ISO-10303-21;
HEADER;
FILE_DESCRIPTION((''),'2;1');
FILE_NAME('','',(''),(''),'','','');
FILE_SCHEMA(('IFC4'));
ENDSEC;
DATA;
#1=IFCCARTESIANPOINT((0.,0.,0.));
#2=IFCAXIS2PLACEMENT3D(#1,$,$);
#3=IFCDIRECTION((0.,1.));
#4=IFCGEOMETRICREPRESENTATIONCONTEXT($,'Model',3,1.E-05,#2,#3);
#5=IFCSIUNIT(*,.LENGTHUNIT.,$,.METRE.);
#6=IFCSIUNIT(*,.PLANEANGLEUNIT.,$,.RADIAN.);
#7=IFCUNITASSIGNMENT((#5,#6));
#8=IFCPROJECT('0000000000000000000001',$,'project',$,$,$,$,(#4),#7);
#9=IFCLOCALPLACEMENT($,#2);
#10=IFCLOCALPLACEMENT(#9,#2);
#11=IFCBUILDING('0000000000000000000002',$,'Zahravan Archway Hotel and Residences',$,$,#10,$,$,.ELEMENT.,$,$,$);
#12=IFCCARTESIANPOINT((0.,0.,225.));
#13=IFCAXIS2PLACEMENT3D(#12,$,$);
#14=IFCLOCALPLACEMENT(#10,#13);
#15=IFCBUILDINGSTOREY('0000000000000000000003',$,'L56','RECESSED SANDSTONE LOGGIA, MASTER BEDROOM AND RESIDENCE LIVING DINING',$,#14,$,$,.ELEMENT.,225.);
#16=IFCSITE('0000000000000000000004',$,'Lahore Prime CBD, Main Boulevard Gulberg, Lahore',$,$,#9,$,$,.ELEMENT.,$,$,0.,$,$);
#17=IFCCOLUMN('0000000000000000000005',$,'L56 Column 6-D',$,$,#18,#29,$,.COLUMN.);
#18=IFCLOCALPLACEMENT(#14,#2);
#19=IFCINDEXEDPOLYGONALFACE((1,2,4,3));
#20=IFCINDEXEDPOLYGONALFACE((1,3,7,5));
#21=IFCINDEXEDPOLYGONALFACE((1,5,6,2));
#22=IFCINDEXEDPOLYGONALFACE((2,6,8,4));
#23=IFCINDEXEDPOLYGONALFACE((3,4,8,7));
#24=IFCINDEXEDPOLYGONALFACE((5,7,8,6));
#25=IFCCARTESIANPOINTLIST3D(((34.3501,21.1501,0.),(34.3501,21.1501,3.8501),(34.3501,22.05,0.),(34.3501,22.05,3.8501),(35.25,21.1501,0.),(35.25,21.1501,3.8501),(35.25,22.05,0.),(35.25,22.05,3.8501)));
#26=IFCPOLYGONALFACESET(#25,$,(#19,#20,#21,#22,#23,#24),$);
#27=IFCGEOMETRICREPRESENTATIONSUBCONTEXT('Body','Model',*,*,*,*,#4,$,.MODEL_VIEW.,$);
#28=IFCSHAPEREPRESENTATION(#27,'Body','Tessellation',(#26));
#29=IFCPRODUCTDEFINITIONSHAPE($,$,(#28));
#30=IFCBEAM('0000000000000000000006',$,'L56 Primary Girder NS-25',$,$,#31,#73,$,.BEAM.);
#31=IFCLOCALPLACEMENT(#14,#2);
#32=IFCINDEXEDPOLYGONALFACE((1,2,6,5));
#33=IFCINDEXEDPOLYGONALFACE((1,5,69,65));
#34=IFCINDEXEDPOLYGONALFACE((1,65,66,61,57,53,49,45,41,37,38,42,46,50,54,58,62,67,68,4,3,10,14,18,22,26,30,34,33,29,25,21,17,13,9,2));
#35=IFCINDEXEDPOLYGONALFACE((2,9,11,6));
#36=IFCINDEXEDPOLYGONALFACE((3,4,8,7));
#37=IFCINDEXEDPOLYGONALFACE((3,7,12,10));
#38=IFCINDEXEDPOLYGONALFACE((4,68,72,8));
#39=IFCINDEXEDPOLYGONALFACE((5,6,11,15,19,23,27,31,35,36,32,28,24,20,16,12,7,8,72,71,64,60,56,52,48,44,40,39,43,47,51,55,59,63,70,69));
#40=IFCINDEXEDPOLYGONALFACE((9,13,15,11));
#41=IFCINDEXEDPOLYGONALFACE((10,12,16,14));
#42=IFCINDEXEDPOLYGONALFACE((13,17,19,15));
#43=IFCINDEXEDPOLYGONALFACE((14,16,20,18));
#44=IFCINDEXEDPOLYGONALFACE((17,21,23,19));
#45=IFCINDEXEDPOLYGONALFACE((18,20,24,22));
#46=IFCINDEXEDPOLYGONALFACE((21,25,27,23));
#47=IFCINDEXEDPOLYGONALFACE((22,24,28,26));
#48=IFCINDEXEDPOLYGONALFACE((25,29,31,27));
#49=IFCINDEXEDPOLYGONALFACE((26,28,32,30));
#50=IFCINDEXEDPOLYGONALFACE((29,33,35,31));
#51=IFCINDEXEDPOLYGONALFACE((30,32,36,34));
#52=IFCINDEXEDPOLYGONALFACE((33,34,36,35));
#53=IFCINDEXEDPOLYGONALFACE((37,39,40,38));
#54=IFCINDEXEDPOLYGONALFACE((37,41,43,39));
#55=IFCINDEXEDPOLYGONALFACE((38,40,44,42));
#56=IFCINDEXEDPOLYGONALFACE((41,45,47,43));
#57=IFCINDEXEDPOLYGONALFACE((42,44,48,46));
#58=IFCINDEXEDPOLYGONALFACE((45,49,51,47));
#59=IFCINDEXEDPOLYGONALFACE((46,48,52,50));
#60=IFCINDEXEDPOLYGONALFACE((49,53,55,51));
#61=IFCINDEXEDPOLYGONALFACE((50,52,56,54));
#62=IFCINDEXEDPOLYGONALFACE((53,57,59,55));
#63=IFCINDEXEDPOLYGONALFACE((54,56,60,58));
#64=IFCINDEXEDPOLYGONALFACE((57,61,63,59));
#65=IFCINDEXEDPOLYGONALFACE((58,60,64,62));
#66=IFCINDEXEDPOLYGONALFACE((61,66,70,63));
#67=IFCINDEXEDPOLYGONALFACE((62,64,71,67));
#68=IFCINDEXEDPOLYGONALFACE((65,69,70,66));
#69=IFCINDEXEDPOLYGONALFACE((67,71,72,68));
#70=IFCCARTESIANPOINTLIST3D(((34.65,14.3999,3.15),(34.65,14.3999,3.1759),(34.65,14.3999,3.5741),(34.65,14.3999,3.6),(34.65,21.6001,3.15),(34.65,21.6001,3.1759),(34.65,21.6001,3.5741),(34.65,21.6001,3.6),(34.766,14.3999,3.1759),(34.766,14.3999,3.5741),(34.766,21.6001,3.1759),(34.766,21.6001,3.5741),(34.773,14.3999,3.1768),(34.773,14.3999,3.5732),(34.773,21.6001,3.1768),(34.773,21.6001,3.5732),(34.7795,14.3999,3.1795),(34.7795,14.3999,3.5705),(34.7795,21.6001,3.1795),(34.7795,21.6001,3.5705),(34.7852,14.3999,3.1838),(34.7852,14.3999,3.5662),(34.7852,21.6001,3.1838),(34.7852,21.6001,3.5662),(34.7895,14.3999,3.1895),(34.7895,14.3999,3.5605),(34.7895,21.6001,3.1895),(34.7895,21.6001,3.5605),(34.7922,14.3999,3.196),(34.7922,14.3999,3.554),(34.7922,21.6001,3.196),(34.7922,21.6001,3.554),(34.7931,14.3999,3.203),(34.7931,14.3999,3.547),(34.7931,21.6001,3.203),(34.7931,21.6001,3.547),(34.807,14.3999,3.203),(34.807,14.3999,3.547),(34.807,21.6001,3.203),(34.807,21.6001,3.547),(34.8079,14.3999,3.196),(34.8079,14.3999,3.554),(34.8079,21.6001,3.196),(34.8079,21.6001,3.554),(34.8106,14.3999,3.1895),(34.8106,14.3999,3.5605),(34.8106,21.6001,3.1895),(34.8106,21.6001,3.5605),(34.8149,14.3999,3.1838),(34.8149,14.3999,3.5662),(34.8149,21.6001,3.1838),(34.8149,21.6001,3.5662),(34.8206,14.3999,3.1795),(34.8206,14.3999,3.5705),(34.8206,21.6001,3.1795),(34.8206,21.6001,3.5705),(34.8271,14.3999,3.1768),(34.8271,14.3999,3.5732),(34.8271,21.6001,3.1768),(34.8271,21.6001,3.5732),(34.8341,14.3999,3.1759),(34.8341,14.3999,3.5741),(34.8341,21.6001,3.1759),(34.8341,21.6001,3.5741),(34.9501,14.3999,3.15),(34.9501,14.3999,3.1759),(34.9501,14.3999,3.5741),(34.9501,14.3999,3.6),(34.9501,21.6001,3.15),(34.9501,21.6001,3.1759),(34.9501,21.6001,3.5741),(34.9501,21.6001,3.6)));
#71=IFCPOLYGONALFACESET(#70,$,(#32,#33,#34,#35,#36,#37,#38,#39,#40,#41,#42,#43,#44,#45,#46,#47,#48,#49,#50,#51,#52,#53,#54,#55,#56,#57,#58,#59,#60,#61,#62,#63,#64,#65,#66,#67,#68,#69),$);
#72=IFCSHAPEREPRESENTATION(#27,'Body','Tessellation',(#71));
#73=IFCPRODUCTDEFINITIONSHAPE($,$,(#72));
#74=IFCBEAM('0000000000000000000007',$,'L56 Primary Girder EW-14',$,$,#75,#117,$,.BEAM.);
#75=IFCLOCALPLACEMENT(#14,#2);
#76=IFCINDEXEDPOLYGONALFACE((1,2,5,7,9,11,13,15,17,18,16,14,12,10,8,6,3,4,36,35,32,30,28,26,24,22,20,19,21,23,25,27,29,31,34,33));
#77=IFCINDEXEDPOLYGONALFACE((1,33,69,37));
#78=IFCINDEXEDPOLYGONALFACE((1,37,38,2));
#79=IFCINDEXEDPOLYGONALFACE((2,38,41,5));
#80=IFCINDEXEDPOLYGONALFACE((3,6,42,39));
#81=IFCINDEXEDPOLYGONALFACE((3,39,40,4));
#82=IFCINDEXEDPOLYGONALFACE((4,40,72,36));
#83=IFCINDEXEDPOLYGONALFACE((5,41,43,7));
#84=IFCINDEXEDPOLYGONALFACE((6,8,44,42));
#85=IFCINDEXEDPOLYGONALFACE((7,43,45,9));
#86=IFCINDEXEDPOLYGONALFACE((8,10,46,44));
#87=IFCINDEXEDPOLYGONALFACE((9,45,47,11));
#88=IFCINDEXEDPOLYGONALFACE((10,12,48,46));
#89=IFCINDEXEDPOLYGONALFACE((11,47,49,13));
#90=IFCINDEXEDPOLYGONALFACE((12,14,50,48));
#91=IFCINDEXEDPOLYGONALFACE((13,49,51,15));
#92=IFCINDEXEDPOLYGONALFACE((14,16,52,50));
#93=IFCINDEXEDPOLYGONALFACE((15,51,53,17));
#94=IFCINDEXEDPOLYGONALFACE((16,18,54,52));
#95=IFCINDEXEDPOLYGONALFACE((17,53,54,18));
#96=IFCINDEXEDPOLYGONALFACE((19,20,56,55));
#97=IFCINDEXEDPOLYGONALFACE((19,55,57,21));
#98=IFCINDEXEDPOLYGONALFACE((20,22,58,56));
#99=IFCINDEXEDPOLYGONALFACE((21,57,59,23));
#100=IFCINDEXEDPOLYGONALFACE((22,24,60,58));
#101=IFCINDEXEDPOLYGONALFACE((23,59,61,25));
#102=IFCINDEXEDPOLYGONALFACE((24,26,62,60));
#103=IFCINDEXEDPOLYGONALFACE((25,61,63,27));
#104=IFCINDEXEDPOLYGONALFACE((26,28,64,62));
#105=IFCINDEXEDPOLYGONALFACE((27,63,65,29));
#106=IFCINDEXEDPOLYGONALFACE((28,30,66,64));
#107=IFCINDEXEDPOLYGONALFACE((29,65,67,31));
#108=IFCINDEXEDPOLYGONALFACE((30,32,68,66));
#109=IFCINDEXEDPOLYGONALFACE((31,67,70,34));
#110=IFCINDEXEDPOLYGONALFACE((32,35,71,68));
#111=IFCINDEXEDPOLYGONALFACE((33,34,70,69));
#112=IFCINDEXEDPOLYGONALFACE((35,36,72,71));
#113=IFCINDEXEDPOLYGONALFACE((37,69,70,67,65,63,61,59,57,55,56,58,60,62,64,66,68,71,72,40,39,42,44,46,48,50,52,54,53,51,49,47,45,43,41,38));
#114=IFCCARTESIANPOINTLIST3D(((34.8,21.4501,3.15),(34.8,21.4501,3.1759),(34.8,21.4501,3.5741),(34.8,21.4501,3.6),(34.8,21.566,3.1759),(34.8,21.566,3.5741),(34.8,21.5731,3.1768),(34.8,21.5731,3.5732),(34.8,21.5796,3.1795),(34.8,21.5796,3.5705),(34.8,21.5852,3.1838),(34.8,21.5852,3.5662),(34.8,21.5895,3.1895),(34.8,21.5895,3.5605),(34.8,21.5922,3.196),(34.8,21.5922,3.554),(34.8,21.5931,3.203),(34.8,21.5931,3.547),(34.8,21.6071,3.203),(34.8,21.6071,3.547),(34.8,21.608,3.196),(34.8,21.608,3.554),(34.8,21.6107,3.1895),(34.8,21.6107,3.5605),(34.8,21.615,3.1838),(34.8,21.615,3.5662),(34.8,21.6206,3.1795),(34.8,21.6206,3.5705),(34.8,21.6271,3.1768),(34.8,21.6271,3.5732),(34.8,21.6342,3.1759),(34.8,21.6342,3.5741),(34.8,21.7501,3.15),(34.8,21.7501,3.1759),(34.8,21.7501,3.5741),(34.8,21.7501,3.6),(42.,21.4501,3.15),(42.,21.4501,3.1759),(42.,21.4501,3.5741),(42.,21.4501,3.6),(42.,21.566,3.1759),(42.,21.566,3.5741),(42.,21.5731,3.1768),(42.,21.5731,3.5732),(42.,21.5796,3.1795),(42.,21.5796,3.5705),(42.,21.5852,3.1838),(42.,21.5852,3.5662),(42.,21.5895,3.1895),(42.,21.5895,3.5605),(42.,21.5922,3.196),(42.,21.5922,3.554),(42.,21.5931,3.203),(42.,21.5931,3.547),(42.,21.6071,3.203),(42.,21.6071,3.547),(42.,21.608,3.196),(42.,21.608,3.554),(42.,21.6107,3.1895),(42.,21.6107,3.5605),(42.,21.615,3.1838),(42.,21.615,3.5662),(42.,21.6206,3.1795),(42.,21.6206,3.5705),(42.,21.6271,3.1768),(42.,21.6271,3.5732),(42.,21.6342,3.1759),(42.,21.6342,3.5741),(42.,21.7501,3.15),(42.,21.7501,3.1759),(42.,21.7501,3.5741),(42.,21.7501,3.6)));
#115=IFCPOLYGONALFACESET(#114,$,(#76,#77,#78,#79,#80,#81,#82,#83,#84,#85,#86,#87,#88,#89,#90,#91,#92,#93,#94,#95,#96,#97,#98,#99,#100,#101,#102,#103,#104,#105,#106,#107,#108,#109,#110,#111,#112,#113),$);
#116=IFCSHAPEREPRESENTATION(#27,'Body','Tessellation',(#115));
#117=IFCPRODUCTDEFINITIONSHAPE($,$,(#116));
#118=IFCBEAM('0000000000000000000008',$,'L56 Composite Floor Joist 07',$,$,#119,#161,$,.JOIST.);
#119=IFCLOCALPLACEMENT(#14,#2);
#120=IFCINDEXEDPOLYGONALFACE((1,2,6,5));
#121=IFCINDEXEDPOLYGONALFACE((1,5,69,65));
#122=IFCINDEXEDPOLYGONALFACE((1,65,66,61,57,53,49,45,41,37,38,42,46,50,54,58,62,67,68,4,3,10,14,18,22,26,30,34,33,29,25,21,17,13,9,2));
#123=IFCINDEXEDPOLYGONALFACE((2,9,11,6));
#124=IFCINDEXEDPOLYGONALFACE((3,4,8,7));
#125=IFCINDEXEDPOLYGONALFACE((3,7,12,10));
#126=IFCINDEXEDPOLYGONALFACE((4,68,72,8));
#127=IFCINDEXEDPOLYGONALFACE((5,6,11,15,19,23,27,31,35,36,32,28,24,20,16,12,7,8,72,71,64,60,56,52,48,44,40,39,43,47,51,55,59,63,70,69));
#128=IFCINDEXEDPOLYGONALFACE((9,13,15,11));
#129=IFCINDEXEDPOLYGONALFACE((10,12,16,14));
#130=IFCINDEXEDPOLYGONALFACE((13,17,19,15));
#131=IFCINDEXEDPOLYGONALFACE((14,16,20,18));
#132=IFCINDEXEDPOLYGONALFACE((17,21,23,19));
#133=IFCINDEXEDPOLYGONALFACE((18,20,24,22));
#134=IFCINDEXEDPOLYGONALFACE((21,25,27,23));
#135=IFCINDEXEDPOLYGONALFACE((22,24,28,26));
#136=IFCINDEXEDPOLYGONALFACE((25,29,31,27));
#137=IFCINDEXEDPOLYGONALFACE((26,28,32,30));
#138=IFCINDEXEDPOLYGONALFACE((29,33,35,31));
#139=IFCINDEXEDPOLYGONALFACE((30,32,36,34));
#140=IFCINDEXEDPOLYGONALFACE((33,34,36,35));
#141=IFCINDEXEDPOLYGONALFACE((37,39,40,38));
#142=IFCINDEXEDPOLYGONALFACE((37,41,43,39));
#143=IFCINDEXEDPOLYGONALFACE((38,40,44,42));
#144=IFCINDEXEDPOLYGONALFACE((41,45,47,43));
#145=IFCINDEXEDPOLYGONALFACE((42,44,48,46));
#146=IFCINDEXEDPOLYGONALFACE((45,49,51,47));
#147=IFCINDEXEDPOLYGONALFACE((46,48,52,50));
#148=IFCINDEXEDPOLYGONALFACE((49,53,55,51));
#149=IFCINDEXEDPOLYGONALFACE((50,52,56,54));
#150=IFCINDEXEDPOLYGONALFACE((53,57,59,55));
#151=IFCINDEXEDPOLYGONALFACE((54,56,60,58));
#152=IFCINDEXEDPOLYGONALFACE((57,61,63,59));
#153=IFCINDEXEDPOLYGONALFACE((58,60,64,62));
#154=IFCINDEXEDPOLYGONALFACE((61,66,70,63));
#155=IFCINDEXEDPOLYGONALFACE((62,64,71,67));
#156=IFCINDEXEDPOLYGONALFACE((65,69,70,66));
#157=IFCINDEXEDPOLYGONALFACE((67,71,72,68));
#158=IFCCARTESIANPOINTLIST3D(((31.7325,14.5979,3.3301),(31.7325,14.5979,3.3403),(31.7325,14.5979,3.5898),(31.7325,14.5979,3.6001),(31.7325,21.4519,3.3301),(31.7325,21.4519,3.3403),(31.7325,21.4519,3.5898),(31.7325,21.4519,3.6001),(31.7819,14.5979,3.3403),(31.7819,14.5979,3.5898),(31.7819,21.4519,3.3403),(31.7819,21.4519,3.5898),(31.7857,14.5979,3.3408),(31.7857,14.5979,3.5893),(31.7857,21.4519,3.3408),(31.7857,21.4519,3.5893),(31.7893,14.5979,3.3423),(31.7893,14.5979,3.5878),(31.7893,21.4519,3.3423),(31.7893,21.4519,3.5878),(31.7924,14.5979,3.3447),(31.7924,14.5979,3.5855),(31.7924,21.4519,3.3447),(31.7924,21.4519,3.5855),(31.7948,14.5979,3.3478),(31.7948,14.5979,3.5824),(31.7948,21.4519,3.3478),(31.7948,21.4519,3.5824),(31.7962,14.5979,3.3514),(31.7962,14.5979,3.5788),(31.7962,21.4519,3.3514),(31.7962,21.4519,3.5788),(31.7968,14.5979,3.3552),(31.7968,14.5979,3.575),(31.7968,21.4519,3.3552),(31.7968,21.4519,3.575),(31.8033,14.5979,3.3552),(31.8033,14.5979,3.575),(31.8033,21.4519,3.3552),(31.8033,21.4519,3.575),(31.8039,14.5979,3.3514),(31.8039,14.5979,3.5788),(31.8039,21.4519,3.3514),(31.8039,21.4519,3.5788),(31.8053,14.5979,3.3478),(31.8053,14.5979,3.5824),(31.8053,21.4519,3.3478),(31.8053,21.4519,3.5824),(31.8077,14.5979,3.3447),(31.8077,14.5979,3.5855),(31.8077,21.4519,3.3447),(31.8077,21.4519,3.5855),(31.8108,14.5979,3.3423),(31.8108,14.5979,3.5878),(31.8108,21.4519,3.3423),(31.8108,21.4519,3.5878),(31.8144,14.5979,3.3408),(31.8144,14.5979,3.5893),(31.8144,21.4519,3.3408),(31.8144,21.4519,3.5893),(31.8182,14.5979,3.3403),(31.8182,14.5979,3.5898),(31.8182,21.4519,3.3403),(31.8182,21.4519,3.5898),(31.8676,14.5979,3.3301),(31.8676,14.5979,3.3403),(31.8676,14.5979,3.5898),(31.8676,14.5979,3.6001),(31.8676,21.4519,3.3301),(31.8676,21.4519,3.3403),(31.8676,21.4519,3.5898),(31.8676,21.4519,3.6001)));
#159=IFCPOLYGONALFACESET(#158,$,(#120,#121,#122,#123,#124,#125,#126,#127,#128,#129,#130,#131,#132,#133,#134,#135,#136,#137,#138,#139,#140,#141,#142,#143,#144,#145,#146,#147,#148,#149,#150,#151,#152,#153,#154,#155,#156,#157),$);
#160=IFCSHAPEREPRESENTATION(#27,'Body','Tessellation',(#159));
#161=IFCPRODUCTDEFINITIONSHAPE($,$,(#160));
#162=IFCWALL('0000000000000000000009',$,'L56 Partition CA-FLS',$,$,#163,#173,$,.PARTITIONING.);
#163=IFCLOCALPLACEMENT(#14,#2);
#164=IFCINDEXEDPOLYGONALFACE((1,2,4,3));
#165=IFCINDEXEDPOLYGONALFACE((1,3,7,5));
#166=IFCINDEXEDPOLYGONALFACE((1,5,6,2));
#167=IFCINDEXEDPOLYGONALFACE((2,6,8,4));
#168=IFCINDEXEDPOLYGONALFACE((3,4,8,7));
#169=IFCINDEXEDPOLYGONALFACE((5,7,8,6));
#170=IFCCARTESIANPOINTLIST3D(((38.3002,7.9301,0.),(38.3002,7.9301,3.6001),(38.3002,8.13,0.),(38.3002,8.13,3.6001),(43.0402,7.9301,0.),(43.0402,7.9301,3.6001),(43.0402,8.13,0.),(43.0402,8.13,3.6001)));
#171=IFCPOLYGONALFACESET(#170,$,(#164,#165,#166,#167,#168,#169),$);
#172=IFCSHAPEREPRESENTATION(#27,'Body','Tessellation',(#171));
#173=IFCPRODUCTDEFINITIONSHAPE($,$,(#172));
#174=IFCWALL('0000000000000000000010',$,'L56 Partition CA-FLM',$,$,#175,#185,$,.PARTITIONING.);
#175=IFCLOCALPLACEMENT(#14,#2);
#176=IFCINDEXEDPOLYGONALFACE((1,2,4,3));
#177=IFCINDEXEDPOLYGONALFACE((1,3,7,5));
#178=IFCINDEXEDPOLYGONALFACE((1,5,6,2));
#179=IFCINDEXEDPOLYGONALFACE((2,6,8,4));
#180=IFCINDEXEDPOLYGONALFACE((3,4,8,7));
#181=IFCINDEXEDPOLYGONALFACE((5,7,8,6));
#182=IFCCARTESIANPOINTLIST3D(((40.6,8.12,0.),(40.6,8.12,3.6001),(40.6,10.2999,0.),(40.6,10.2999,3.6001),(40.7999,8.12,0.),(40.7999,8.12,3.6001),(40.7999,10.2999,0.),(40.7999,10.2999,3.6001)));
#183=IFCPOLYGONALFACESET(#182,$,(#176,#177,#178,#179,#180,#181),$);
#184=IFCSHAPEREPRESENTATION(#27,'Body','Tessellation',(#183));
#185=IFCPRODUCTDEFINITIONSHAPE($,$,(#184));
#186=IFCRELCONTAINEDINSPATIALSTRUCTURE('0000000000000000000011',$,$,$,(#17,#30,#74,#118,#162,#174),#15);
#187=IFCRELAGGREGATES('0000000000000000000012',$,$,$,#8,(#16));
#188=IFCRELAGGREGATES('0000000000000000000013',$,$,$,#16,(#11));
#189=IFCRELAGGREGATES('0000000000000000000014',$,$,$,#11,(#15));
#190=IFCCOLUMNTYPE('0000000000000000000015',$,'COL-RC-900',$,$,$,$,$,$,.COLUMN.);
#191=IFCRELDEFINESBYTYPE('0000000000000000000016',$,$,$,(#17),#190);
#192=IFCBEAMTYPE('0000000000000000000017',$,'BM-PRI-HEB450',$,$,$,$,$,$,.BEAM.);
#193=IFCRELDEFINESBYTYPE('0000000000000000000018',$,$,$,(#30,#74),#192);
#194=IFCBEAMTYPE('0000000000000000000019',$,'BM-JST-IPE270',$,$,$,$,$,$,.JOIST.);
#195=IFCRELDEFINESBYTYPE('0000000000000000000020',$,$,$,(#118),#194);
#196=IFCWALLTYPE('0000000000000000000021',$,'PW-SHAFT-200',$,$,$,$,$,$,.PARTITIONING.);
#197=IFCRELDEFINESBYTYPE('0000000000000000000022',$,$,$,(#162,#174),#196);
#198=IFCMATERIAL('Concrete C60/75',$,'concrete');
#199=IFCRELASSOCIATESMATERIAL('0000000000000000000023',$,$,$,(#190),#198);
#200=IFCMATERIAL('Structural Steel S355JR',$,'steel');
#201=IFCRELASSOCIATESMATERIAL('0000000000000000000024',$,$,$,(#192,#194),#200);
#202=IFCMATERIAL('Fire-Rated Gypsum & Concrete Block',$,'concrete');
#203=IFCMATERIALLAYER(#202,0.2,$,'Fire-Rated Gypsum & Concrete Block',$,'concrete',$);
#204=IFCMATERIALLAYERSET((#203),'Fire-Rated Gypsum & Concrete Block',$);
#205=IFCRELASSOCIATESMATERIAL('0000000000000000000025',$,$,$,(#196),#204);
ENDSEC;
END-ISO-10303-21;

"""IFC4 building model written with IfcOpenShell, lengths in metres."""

from ifc_helpers import new_model, si_unit, direction, frame, frame_2d, origin, origin_2d, place, context, subcontext, project, spatial, rectangle, i_section, extrude, source, transform, mapped, material, layer, layer_set, material_profile, profile_set, type_object, type_shapes, element, save


model = new_model("IFC4")

# Units and contexts
model_context = context("Model", 3, precision=1e-05, world=origin(), true_north=direction((0.0, 1.0)))
body_context = subcontext(model_context, "Body", "Model", "MODEL_VIEW")
ifc_project = project(units=[si_unit("LENGTHUNIT", "METRE"), si_unit("PLANEANGLEUNIT", "RADIAN")], contexts=[model_context])

# Site, building, storey
site_placement = place(None, origin())
site = spatial("IfcSite", under=ifc_project, at=site_placement, Name="Lahore Prime CBD, Main Boulevard Gulberg, Lahore", CompositionType="ELEMENT", RefElevation=0.0)
building_placement = place(site_placement, origin())
building = spatial("IfcBuilding", under=site, at=building_placement, Name="Zahravan Archway Hotel and Residences", CompositionType="ELEMENT")
storey_placement = place(building_placement, frame((0.0, 0.0, 225.0)))
storey = spatial("IfcBuildingStorey", under=building, at=storey_placement, Name="L56", Description="RECESSED SANDSTONE LOGGIA, MASTER BEDROOM AND RESIDENCE LIVING DINING", CompositionType="ELEMENT", Elevation=225.0)

# Column
ifc_material_1 = material(Name="Concrete C60/75", Category="concrete")
ifc_material_profile_1 = material_profile(ifc_material_1, rectangle(XDim=0.8999, YDim=0.8999, at=origin_2d()), Name="RC-COL-900x900", Category="concrete")
ifc_profile_set_1 = profile_set([ifc_material_profile_1], Name="Concrete C60/75")
column_type = type_object("IfcColumnType", Name="COL-RC-900", PredefinedType="COLUMN", material=ifc_profile_set_1)
shared_shape_1 = source(origin(), body_context, "Body", "SweptSolid", [
    extrude(rectangle(XDim=0.8999, YDim=0.8999, at=origin_2d()), origin(), (0.0, 0.0, 1.0), 3.8501),
])
type_shapes(column_type, [shared_shape_1])
column_placement = place(storey_placement, frame((34.8, 21.6001, 0.0), z_axis=(0.0, 0.0, 1.0), x_axis=(1.0, 0.0, 0.0)))
element("IfcColumn", 1, at=column_placement, inside=storey, type_object=column_type, Name="L56 Column 6-D", PredefinedType="COLUMN", context=body_context, shape_type="MappedRepresentation", body=[
    mapped(shared_shape_1, transform((0.0, 0.0, 0.0), scale=1.0)),
])

# Beams
ifc_material_2 = material(Name="Structural Steel S355JR", Category="steel")
ifc_material_profile_2 = material_profile(ifc_material_2, i_section(OverallWidth=0.3, OverallDepth=0.45, WebThickness=0.0139, FlangeThickness=0.0259, FilletRadius=0.0271, at=origin_2d()), Name="HEB 450", Category="steel")
ifc_profile_set_2 = profile_set([ifc_material_profile_2], Name="Structural Steel S355JR")
beam_type_1 = type_object("IfcBeamType", Name="BM-PRI-HEB450", PredefinedType="BEAM", material=ifc_profile_set_2)
shared_shape_2 = source(origin(), body_context, "Body", "SweptSolid", [
    extrude(i_section(OverallWidth=0.3, OverallDepth=0.45, WebThickness=0.0139, FlangeThickness=0.0259, FilletRadius=0.0271, at=origin_2d()), origin(), (0.0, 0.0, 1.0), 7.2002),
])
type_shapes(beam_type_1, [shared_shape_2])
beam_1_placement = place(storey_placement, frame((34.8, 14.3999, 3.375), z_axis=(0.0, 1.0, 0.0), x_axis=(-1.0, 0.0, 0.0)))
element("IfcBeam", 2, at=beam_1_placement, inside=storey, type_object=beam_type_1, Name="L56 Primary Girder NS-25", PredefinedType="BEAM", context=body_context, shape_type="MappedRepresentation", body=[
    mapped(shared_shape_2, transform((0.0, 0.0, 0.0), scale=1.0)),
])
shared_shape_3 = source(origin(), body_context, "Body", "SweptSolid", [
    extrude(i_section(OverallWidth=0.3, OverallDepth=0.45, WebThickness=0.0139, FlangeThickness=0.0259, FilletRadius=0.0271, at=origin_2d()), origin(), (0.0, 0.0, 1.0), 7.2),
])
beam_2_placement = place(storey_placement, frame((34.8, 21.6001, 3.375), z_axis=(1.0, 0.0, 0.0), x_axis=(0.0, 1.0, 0.0)))
element("IfcBeam", 3, at=beam_2_placement, inside=storey, type_object=beam_type_1, Name="L56 Primary Girder EW-14", PredefinedType="BEAM", context=body_context, shape_type="MappedRepresentation", body=[
    mapped(shared_shape_3, transform((0.0, 0.0, 0.0), scale=1.0)),
])
ifc_material_profile_3 = material_profile(ifc_material_2, i_section(OverallWidth=0.135, OverallDepth=0.27, WebThickness=0.0066, FlangeThickness=0.0103, FilletRadius=0.0149, at=origin_2d()), Name="IPE 270", Category="steel")
ifc_profile_set_3 = profile_set([ifc_material_profile_3], Name="Structural Steel S355JR")
beam_type_2 = type_object("IfcBeamType", Name="BM-JST-IPE270", PredefinedType="JOIST", material=ifc_profile_set_3)
shared_shape_4 = source(origin(), body_context, "Body", "SweptSolid", [
    extrude(i_section(OverallWidth=0.135, OverallDepth=0.27, WebThickness=0.0066, FlangeThickness=0.0103, FilletRadius=0.0149, at=origin_2d()), origin(), (0.0, 0.0, 1.0), 6.854),
])
beam_3_placement = place(storey_placement, frame((31.8, 14.5979, 3.4651), z_axis=(0.0, 1.0, 0.0), x_axis=(-1.0, 0.0, 0.0)))
element("IfcBeam", 4, at=beam_3_placement, inside=storey, type_object=beam_type_2, Name="L56 Composite Floor Joist 07", PredefinedType="JOIST", context=body_context, shape_type="MappedRepresentation", body=[
    mapped(shared_shape_4, transform((0.0, 0.0, 0.0), scale=1.0)),
])

# Shared definitions
ifc_material_3 = material(Name="Fire-Rated Gypsum & Concrete Block", Category="concrete")

# Walls
ifc_layer_1 = layer(ifc_material_3, 0.2, Name="Fire-Rated Gypsum & Concrete Block", Category="concrete")
ifc_layer_set_1 = layer_set([ifc_layer_1], Name="Fire-Rated Gypsum & Concrete Block")
wall_type_1 = type_object("IfcWallType", Name="PW-SHAFT-200", PredefinedType="PARTITIONING", material=ifc_layer_set_1)
wall_1_placement = place(storey_placement, frame((38.3, 8.03, 0.0), z_axis=(0.0, 0.0, 1.0), x_axis=(1.0, 0.0, 0.0)))
element("IfcWall", 5, at=wall_1_placement, inside=storey, type_object=wall_type_1, Name="L56 Partition CA-FLS", PredefinedType="PARTITIONING", context=body_context, shape_type="SweptSolid", body=[
    extrude(rectangle(XDim=4.74, YDim=0.2, at=frame_2d((2.3701, 0.0))), origin(), (0.0, 0.0, 1.0), 3.6001),
])
wall_2_placement = place(storey_placement, frame((40.7, 8.1201, 0.0), z_axis=(0.0, 0.0, 1.0), x_axis=(0.0, 1.0, 0.0)))
element("IfcWall", 6, at=wall_2_placement, inside=storey, type_object=wall_type_1, Name="L56 Partition CA-FLM", PredefinedType="PARTITIONING", context=body_context, shape_type="SweptSolid", body=[
    extrude(rectangle(XDim=2.1799, YDim=0.2, at=frame_2d((1.0898, 0.0))), origin(), (0.0, 0.0, 1.0), 3.6001),
])

save(model, "model.ifc")
